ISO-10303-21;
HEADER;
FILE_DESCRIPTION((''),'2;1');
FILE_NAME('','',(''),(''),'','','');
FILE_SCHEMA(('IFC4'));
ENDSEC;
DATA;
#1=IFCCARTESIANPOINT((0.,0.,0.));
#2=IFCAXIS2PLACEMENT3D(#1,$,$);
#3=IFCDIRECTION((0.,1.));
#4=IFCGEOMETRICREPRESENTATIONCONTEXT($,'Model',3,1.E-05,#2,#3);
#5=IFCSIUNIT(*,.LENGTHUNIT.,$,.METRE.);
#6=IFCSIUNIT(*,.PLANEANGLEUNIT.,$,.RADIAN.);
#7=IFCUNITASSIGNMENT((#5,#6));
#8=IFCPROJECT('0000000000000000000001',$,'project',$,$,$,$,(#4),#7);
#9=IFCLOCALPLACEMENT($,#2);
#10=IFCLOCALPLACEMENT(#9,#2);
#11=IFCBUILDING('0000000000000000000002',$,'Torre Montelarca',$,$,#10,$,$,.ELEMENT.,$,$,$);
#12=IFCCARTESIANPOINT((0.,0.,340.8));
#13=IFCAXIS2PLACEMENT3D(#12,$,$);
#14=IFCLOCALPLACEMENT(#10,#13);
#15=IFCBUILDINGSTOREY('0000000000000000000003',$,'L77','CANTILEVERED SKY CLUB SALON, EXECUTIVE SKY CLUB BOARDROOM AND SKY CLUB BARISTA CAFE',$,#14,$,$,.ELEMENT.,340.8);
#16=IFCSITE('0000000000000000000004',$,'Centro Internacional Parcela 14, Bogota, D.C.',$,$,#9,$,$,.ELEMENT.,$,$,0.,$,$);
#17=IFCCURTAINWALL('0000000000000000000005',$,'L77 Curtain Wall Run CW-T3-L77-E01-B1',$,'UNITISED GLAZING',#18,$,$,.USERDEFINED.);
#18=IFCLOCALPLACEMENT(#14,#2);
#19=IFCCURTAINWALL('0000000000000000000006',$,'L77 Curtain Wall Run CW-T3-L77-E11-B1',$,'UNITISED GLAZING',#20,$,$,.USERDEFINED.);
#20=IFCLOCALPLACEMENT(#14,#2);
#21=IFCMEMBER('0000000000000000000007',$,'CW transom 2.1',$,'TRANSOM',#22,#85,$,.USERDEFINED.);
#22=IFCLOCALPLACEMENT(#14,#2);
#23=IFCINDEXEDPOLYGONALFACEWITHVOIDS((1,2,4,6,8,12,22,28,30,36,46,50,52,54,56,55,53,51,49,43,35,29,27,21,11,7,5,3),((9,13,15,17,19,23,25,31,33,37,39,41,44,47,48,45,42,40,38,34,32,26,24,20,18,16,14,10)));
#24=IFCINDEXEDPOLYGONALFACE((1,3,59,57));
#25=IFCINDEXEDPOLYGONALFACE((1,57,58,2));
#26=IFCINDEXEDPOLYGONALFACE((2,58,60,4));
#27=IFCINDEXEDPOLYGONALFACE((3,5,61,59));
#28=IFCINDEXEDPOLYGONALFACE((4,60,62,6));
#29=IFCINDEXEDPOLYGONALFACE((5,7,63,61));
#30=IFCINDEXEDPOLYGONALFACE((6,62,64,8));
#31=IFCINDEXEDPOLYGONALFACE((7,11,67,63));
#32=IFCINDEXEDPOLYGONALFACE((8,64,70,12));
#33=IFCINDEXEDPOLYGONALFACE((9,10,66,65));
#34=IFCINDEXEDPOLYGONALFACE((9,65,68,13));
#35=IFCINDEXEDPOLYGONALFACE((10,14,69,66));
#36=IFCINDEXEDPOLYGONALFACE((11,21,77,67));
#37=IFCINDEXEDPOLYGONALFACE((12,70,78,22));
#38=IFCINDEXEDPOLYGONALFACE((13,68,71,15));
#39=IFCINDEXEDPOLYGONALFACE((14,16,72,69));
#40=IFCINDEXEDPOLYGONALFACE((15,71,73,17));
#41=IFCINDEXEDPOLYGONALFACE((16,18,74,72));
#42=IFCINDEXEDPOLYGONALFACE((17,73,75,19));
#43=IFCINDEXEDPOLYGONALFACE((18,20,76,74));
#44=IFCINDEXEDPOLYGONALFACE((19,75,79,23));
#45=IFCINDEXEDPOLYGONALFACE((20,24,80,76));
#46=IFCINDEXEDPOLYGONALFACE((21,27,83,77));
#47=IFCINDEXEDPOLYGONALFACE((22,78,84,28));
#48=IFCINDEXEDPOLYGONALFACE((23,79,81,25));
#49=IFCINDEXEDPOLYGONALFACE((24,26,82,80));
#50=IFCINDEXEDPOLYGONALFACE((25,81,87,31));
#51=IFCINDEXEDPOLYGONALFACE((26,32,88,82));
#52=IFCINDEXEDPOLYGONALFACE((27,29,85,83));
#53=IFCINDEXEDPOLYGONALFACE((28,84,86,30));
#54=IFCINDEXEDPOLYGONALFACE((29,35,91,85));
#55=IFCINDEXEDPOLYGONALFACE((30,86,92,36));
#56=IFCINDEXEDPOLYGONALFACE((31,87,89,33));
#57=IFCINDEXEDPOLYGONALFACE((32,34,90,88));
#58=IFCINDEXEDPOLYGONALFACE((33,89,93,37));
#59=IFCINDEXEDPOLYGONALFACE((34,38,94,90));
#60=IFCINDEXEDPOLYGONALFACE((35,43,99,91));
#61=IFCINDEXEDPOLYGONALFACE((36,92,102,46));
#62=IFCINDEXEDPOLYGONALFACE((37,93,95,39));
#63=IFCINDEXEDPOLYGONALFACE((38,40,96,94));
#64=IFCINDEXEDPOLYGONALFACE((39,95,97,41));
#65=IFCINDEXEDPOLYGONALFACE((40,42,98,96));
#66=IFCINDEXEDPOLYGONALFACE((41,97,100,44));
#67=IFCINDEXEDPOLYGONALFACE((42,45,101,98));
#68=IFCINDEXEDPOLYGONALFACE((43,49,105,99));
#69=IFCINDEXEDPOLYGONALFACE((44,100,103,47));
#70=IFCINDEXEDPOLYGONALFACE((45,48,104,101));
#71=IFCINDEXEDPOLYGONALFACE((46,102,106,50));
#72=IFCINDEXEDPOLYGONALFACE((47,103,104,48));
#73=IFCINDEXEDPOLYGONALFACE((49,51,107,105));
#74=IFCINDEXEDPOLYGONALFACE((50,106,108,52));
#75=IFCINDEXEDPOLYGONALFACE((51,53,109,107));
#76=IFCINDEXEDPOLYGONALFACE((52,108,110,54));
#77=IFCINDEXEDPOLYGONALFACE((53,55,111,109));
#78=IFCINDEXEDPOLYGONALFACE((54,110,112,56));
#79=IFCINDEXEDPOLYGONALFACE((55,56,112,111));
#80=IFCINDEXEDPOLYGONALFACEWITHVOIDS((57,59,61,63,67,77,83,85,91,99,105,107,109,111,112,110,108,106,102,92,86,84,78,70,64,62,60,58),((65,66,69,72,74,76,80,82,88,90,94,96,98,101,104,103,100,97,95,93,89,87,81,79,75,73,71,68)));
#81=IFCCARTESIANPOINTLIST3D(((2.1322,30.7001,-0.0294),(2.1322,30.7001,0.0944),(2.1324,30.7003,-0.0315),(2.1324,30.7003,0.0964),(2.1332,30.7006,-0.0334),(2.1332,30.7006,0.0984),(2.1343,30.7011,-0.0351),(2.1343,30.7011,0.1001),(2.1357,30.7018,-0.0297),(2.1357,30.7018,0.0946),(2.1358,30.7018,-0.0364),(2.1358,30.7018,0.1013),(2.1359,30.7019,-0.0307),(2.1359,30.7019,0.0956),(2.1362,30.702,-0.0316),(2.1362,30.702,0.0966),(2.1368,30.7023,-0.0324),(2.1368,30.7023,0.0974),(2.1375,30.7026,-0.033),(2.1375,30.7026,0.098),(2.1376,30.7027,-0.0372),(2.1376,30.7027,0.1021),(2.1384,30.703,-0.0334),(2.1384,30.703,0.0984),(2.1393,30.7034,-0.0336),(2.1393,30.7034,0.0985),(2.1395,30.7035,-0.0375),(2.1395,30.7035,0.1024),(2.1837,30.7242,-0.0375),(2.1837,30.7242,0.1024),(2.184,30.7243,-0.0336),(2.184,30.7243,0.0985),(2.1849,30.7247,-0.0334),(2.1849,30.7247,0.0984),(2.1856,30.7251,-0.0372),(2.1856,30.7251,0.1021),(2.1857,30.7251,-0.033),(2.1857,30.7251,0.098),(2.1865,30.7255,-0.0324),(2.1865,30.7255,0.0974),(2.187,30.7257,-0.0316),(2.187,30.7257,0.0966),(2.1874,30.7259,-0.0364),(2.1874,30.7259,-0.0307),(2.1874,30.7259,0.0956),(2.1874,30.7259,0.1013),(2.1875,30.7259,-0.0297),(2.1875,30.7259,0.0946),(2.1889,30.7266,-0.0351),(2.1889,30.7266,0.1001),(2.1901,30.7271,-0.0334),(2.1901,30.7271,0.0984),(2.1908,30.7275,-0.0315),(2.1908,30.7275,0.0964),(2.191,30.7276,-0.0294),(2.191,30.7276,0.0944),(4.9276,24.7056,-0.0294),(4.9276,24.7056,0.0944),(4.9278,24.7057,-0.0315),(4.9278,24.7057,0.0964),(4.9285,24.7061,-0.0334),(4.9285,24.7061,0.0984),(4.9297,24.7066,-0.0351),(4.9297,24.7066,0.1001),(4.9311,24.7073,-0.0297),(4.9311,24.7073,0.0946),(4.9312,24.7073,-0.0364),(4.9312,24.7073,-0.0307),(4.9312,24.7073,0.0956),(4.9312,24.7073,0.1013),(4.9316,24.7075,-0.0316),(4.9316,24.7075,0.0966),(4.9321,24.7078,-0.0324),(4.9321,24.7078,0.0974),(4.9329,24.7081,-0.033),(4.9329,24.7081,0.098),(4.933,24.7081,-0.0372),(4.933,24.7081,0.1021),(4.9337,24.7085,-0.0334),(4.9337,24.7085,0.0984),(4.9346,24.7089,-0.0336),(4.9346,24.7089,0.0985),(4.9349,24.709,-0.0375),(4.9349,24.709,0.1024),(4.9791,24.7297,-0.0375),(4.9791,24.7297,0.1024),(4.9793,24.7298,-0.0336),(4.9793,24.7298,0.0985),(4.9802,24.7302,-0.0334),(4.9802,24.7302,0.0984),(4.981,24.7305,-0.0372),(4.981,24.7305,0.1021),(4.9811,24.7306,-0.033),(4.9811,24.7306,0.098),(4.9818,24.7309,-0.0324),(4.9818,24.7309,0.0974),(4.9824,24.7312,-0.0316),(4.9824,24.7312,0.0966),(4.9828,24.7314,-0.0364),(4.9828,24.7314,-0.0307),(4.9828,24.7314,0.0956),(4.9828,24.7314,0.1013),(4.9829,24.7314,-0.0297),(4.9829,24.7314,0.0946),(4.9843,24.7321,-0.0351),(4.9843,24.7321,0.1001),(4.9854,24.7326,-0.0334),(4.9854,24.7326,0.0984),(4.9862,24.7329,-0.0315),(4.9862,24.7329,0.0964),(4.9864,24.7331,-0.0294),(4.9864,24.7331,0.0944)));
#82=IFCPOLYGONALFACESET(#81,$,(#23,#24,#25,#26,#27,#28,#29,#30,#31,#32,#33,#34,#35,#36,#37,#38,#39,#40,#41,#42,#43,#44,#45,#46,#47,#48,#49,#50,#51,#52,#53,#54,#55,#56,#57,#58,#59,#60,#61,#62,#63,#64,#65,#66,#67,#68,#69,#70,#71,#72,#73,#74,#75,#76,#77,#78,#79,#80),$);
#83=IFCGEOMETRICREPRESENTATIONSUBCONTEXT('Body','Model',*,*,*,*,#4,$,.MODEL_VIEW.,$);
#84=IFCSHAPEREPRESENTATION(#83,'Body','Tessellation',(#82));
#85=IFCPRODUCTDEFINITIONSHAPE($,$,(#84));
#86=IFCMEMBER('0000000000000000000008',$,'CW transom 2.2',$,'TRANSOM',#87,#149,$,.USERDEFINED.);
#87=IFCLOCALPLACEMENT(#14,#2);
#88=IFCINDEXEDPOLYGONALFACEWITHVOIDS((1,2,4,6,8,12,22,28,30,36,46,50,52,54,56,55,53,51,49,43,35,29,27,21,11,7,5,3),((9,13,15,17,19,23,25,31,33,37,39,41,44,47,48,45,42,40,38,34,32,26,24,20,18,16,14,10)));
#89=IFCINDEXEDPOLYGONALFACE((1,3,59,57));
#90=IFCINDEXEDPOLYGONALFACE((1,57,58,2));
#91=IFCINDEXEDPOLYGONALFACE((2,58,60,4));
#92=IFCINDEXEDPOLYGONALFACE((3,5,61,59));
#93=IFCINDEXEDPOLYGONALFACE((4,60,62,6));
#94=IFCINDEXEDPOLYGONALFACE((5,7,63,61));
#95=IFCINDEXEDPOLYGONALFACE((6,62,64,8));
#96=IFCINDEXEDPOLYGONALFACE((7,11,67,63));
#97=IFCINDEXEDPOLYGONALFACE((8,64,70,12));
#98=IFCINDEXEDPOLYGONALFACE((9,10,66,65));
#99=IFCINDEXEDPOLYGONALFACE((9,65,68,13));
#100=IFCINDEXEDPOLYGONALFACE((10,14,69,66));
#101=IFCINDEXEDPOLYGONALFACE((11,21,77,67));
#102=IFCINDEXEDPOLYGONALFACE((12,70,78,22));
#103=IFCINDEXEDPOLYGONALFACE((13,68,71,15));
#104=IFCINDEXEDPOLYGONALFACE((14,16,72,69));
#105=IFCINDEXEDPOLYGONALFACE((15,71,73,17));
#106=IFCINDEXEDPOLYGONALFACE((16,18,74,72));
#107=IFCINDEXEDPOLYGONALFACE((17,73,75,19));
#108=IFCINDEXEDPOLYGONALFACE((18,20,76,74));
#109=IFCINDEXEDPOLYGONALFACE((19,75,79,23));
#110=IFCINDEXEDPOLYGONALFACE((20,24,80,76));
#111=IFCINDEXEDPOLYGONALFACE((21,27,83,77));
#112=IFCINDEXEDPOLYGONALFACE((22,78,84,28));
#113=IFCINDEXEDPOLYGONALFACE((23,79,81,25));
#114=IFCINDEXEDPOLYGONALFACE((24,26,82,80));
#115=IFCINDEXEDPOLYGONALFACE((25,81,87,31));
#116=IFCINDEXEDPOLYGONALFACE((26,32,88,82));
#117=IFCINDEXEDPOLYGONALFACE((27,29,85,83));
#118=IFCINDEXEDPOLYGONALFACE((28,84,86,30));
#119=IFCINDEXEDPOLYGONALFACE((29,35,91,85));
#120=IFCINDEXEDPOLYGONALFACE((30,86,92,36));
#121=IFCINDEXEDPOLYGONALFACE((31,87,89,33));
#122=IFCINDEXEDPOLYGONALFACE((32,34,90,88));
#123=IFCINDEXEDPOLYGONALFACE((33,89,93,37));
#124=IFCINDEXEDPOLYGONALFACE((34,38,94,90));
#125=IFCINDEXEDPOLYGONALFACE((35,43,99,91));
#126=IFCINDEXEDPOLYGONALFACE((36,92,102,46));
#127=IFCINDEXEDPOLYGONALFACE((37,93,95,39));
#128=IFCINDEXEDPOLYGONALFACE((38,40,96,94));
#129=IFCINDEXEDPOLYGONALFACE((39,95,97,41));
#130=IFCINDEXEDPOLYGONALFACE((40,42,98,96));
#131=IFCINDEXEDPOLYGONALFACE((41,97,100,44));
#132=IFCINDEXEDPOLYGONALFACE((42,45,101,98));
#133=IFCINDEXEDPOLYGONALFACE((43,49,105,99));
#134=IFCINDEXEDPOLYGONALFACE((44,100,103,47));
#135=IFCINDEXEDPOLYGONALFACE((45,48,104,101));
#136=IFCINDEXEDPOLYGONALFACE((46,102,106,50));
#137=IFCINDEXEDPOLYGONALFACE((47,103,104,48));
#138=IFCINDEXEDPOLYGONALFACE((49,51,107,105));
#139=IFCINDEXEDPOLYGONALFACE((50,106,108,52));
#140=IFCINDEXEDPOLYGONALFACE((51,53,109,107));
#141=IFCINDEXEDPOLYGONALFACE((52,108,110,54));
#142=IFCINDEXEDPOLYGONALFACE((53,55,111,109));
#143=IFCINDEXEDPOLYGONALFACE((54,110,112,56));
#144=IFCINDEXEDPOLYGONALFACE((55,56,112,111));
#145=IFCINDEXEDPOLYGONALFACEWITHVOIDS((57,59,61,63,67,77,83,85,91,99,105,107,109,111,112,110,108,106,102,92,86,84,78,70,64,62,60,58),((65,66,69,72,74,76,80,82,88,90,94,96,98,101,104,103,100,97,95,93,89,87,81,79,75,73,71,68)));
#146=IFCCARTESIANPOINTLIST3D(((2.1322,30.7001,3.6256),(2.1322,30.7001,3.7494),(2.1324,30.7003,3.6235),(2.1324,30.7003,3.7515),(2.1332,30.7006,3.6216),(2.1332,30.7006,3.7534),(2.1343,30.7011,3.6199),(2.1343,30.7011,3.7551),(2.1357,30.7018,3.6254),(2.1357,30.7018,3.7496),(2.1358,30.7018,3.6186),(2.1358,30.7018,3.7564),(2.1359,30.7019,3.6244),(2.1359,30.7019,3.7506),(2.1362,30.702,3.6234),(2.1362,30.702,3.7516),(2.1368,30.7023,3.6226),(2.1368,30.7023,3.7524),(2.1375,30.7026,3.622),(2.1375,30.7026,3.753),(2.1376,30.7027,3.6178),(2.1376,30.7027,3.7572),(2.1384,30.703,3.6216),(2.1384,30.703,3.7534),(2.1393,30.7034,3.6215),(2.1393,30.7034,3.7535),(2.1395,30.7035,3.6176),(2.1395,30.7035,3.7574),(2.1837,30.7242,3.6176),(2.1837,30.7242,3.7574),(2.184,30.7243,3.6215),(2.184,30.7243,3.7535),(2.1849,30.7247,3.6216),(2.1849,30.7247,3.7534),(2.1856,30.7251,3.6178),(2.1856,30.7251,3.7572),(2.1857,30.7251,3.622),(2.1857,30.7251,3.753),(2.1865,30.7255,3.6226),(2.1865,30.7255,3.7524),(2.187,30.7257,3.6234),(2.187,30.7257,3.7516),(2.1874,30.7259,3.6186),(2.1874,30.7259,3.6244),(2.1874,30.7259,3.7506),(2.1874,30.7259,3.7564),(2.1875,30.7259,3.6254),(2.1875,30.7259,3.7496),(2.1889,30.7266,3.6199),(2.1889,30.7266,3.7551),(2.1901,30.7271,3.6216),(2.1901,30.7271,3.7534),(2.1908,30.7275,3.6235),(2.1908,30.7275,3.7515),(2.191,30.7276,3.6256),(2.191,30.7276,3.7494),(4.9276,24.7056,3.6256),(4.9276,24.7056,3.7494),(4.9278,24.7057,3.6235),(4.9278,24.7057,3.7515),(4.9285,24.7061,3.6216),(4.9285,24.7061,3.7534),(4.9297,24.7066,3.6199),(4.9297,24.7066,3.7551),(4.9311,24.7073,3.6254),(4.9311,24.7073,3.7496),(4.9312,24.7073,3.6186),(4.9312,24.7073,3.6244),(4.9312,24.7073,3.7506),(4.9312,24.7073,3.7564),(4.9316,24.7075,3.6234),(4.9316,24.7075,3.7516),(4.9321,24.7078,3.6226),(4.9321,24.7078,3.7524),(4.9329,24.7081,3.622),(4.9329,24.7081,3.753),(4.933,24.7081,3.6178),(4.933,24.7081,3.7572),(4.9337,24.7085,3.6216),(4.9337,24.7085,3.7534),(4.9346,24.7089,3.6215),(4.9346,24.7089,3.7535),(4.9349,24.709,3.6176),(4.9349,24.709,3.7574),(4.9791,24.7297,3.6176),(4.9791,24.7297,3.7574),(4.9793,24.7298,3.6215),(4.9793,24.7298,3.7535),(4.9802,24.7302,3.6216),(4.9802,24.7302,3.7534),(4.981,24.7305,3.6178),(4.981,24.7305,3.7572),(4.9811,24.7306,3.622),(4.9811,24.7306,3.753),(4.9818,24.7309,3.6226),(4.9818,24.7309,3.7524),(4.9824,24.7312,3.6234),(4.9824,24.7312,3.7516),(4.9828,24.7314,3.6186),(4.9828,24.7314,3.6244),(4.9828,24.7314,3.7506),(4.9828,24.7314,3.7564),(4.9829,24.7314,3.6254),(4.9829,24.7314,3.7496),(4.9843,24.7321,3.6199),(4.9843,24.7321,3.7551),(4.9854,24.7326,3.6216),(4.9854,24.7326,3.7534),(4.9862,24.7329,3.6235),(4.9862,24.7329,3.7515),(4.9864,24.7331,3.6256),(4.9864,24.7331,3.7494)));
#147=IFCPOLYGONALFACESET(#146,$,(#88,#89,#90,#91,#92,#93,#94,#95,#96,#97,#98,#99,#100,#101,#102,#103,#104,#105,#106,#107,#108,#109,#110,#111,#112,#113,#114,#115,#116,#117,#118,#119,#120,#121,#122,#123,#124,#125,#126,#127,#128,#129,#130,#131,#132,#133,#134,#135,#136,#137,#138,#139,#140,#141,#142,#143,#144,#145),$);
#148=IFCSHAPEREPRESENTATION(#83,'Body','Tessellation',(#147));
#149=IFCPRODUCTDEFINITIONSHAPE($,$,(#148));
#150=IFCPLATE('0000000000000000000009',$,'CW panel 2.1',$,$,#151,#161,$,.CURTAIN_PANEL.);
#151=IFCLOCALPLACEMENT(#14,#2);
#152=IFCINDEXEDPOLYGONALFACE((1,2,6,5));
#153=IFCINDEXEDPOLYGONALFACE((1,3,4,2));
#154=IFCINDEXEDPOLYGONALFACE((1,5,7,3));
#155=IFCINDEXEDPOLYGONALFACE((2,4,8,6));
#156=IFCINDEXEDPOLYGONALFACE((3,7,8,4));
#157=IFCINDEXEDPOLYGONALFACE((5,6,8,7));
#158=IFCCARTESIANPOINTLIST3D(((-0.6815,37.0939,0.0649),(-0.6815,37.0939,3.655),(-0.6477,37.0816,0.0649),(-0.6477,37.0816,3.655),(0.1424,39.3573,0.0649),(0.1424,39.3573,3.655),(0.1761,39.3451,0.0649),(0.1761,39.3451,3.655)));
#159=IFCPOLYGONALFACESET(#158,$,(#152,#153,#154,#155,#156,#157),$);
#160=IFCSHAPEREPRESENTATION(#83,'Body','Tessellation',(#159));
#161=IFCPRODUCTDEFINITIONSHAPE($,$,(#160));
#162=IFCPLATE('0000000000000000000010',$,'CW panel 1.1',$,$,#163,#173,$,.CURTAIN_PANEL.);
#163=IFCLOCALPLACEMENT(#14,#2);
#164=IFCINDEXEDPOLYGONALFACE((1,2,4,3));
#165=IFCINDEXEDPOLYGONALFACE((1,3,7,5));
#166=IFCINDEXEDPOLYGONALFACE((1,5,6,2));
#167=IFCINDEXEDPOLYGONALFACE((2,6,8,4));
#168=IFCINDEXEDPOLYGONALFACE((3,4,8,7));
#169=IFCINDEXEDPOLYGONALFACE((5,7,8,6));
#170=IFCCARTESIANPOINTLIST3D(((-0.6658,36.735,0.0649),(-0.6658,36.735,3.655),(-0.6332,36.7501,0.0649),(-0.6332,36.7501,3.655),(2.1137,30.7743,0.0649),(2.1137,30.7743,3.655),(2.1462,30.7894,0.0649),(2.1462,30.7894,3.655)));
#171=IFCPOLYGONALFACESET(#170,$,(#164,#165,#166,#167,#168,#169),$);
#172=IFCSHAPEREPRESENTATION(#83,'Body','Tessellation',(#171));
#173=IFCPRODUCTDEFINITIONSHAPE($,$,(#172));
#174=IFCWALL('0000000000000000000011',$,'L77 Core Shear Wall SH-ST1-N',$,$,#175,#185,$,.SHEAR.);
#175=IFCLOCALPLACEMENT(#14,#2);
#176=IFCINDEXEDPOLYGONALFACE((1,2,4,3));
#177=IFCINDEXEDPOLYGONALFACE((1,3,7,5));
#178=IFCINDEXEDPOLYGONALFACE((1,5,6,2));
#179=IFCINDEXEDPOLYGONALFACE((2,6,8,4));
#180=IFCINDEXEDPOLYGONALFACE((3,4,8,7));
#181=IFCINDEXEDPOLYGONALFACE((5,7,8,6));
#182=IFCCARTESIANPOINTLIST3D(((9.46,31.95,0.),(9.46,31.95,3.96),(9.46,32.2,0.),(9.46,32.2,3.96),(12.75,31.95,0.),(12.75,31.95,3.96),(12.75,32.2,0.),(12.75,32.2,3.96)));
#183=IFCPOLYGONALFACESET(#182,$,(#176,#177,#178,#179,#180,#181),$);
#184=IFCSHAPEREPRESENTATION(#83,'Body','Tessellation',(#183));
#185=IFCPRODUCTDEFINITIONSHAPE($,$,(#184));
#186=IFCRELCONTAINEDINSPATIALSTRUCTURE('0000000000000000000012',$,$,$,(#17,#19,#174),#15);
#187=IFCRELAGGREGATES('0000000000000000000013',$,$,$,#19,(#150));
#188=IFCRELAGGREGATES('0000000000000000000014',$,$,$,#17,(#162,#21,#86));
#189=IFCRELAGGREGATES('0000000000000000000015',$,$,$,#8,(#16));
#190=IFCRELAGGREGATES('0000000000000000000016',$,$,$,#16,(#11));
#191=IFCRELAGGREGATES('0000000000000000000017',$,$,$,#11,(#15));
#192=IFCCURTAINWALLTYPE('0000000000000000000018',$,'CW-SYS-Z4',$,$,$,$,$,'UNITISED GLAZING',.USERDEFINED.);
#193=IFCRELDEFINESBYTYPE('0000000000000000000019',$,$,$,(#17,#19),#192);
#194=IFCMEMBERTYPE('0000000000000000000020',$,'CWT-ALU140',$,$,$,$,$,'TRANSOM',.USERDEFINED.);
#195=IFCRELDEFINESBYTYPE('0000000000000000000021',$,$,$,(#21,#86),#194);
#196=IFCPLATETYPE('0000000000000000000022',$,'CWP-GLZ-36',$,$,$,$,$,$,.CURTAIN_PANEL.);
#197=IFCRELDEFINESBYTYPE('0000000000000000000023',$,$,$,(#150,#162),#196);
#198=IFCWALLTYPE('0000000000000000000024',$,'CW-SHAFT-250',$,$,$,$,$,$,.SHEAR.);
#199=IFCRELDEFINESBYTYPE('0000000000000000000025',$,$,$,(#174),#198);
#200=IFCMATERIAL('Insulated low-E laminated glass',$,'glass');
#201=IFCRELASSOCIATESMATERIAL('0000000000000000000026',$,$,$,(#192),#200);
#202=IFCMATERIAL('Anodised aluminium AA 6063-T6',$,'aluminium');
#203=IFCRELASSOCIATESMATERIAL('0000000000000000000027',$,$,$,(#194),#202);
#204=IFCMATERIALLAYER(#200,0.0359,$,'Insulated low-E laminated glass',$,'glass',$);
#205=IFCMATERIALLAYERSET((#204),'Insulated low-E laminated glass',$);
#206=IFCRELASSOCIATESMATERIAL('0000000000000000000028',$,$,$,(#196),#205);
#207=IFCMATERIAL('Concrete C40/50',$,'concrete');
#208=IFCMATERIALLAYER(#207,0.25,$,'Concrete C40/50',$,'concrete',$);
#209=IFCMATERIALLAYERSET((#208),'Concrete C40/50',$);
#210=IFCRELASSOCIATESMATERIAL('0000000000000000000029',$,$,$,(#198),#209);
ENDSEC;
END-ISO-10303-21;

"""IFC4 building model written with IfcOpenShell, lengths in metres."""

from ifc_helpers import new_model, si_unit, direction, frame, frame_2d, origin, origin_2d, place, context, subcontext, project, spatial, rectangle, hollow_rectangle, extrude, source, transform, mapped, material, layer, layer_set, material_profile, profile_set, type_object, element, aggregate, save


model = new_model("IFC4")

# Units and contexts
model_context = context("Model", 3, precision=1e-05, world=origin(), true_north=direction((0.0, 1.0)))
body_context = subcontext(model_context, "Body", "Model", "MODEL_VIEW")
ifc_project = project(units=[si_unit("LENGTHUNIT", "METRE"), si_unit("PLANEANGLEUNIT", "RADIAN")], contexts=[model_context])

# Site, building, storey
site_placement = place(None, origin())
site = spatial("IfcSite", under=ifc_project, at=site_placement, Name="Centro Internacional Parcela 14, Bogota, D.C.", CompositionType="ELEMENT", RefElevation=0.0)
building_placement = place(site_placement, origin())
building = spatial("IfcBuilding", under=site, at=building_placement, Name="Torre Montelarca", CompositionType="ELEMENT")
storey_placement = place(building_placement, frame((0.0, 0.0, 340.8)))
storey = spatial("IfcBuildingStorey", under=building, at=storey_placement, Name="L77", Description="CANTILEVERED SKY CLUB SALON, EXECUTIVE SKY CLUB BOARDROOM AND SKY CLUB BARISTA CAFE", CompositionType="ELEMENT", Elevation=340.8)

# Shared definitions
ifc_material_1 = material(Name="Concrete C40/50", Category="concrete")

# Curtain walls
ifc_material_2 = material(Name="Insulated low-E laminated glass", Category="glass")
curtain_wall_type = type_object("IfcCurtainWallType", Name="CW-SYS-Z4", ElementType="UNITISED GLAZING", PredefinedType="USERDEFINED", material=ifc_material_2)
curtain_wall_1_placement = place(storey_placement, origin())
curtain_wall_1 = element("IfcCurtainWall", 1, at=curtain_wall_1_placement, inside=storey, type_object=curtain_wall_type, Name="L77 Curtain Wall Run CW-T3-L77-E01-B1", ObjectType="UNITISED GLAZING", PredefinedType="USERDEFINED")
ifc_material_3 = material(Name="Anodised aluminium AA 6063-T6", Category="aluminium")
curtain_wall_2_placement = place(storey_placement, origin())
curtain_wall_2 = element("IfcCurtainWall", 2, at=curtain_wall_2_placement, inside=storey, type_object=curtain_wall_type, Name="L77 Curtain Wall Run CW-T3-L77-E11-B1", ObjectType="UNITISED GLAZING", PredefinedType="USERDEFINED")
ifc_material_profile_1 = material_profile(ifc_material_3, hollow_rectangle(XDim=0.0649, YDim=0.1399, WallThickness=0.0039, InnerFilletRadius=0.0039, OuterFilletRadius=0.0081, at=origin_2d()), Name="ALU65X140X4", Category="aluminium")
ifc_profile_set_1 = profile_set([ifc_material_profile_1], Name="Anodised aluminium AA 6063-T6")
member_type_1 = type_object("IfcMemberType", Name="CWT-ALU140", ElementType="TRANSOM", PredefinedType="USERDEFINED", material=ifc_profile_set_1)

# Members
shared_shape_1 = source(origin(), body_context, "Body", "SweptSolid", [
    extrude(hollow_rectangle(XDim=0.0649, YDim=0.1399, WallThickness=0.0039, InnerFilletRadius=0.0039, OuterFilletRadius=0.0081, at=origin_2d()), origin(), (0.0, 0.0, 1.0), 6.6143),
])
member_1_placement = place(storey_placement, frame((2.1616, 30.7139, 0.0325), z_axis=(0.422627, -0.906304, 0.0), x_axis=(0.906304, 0.422627, 0.0)))
member_1 = element("IfcMember", 3, at=member_1_placement, type_object=member_type_1, Name="CW transom 2.1", ObjectType="TRANSOM", PredefinedType="USERDEFINED", context=body_context, shape_type="MappedRepresentation", body=[
    mapped(shared_shape_1, transform((0.0, 0.0, 0.0), scale=1.0)),
])
member_2_placement = place(storey_placement, frame((2.1616, 30.7139, 3.6875), z_axis=(0.422627, -0.906304, 0.0), x_axis=(0.906304, 0.422627, 0.0)))
member_2 = element("IfcMember", 4, at=member_2_placement, type_object=member_type_1, Name="CW transom 2.2", ObjectType="TRANSOM", PredefinedType="USERDEFINED", context=body_context, shape_type="MappedRepresentation", body=[
    mapped(shared_shape_1, transform((0.0, 0.0, 0.0), scale=1.0)),
])

# Plates
ifc_layer_1 = layer(ifc_material_2, 0.0359, Name="Insulated low-E laminated glass", Category="glass")
ifc_layer_set_1 = layer_set([ifc_layer_1], Name="Insulated low-E laminated glass")
plate_type = type_object("IfcPlateType", Name="CWP-GLZ-36", PredefinedType="CURTAIN_PANEL", material=ifc_layer_set_1)
shared_shape_2 = source(origin(), body_context, "Body", "SweptSolid", [
    extrude(rectangle(XDim=2.4087, YDim=0.0359, at=origin_2d()), origin(), (0.0, 0.0, 1.0), 3.5901),
])
plate_1_placement = place(storey_placement, frame((-0.2527, 38.2195, 0.0649), z_axis=(0.0, 0.0, 1.0), x_axis=(-0.342015, -0.939694, 0.0)))
plate_1 = element("IfcPlate", 5, at=plate_1_placement, type_object=plate_type, Name="CW panel 2.1", PredefinedType="CURTAIN_PANEL", context=body_context, shape_type="MappedRepresentation", body=[
    mapped(shared_shape_2, transform((0.0, 0.0, 0.0), scale=1.0)),
])
aggregate(curtain_wall_2, [plate_1])
shared_shape_3 = source(origin(), body_context, "Body", "SweptSolid", [
    extrude(rectangle(XDim=6.5769, YDim=0.0359, at=origin_2d()), origin(), (0.0, 0.0, 1.0), 3.5901),
])
plate_2_placement = place(storey_placement, frame((0.7402, 33.7622, 0.0649), z_axis=(0.0, 0.0, 1.0), x_axis=(0.422612, -0.906311, 0.0)))
plate_2 = element("IfcPlate", 6, at=plate_2_placement, type_object=plate_type, Name="CW panel 1.1", PredefinedType="CURTAIN_PANEL", context=body_context, shape_type="MappedRepresentation", body=[
    mapped(shared_shape_3, transform((0.0, 0.0, 0.0), scale=1.0)),
])
aggregate(curtain_wall_1, [plate_2, member_1, member_2])

# Wall
ifc_layer_2 = layer(ifc_material_1, 0.25, Name="Concrete C40/50", Category="concrete")
ifc_layer_set_2 = layer_set([ifc_layer_2], Name="Concrete C40/50")
wall_type_1 = type_object("IfcWallType", Name="CW-SHAFT-250", PredefinedType="SHEAR", material=ifc_layer_set_2)
wall_1_placement = place(storey_placement, frame((9.46, 32.075, 0.0), z_axis=(0.0, 0.0, 1.0), x_axis=(1.0, 0.0, 0.0)))
element("IfcWall", 7, at=wall_1_placement, inside=storey, type_object=wall_type_1, Name="L77 Core Shear Wall SH-ST1-N", PredefinedType="SHEAR", context=body_context, shape_type="SweptSolid", body=[
    extrude(rectangle(XDim=3.29, YDim=0.25, at=frame_2d((1.645, 0.0))), origin(), (0.0, 0.0, 1.0), 3.96),
])

save(model, "model.ifc")
